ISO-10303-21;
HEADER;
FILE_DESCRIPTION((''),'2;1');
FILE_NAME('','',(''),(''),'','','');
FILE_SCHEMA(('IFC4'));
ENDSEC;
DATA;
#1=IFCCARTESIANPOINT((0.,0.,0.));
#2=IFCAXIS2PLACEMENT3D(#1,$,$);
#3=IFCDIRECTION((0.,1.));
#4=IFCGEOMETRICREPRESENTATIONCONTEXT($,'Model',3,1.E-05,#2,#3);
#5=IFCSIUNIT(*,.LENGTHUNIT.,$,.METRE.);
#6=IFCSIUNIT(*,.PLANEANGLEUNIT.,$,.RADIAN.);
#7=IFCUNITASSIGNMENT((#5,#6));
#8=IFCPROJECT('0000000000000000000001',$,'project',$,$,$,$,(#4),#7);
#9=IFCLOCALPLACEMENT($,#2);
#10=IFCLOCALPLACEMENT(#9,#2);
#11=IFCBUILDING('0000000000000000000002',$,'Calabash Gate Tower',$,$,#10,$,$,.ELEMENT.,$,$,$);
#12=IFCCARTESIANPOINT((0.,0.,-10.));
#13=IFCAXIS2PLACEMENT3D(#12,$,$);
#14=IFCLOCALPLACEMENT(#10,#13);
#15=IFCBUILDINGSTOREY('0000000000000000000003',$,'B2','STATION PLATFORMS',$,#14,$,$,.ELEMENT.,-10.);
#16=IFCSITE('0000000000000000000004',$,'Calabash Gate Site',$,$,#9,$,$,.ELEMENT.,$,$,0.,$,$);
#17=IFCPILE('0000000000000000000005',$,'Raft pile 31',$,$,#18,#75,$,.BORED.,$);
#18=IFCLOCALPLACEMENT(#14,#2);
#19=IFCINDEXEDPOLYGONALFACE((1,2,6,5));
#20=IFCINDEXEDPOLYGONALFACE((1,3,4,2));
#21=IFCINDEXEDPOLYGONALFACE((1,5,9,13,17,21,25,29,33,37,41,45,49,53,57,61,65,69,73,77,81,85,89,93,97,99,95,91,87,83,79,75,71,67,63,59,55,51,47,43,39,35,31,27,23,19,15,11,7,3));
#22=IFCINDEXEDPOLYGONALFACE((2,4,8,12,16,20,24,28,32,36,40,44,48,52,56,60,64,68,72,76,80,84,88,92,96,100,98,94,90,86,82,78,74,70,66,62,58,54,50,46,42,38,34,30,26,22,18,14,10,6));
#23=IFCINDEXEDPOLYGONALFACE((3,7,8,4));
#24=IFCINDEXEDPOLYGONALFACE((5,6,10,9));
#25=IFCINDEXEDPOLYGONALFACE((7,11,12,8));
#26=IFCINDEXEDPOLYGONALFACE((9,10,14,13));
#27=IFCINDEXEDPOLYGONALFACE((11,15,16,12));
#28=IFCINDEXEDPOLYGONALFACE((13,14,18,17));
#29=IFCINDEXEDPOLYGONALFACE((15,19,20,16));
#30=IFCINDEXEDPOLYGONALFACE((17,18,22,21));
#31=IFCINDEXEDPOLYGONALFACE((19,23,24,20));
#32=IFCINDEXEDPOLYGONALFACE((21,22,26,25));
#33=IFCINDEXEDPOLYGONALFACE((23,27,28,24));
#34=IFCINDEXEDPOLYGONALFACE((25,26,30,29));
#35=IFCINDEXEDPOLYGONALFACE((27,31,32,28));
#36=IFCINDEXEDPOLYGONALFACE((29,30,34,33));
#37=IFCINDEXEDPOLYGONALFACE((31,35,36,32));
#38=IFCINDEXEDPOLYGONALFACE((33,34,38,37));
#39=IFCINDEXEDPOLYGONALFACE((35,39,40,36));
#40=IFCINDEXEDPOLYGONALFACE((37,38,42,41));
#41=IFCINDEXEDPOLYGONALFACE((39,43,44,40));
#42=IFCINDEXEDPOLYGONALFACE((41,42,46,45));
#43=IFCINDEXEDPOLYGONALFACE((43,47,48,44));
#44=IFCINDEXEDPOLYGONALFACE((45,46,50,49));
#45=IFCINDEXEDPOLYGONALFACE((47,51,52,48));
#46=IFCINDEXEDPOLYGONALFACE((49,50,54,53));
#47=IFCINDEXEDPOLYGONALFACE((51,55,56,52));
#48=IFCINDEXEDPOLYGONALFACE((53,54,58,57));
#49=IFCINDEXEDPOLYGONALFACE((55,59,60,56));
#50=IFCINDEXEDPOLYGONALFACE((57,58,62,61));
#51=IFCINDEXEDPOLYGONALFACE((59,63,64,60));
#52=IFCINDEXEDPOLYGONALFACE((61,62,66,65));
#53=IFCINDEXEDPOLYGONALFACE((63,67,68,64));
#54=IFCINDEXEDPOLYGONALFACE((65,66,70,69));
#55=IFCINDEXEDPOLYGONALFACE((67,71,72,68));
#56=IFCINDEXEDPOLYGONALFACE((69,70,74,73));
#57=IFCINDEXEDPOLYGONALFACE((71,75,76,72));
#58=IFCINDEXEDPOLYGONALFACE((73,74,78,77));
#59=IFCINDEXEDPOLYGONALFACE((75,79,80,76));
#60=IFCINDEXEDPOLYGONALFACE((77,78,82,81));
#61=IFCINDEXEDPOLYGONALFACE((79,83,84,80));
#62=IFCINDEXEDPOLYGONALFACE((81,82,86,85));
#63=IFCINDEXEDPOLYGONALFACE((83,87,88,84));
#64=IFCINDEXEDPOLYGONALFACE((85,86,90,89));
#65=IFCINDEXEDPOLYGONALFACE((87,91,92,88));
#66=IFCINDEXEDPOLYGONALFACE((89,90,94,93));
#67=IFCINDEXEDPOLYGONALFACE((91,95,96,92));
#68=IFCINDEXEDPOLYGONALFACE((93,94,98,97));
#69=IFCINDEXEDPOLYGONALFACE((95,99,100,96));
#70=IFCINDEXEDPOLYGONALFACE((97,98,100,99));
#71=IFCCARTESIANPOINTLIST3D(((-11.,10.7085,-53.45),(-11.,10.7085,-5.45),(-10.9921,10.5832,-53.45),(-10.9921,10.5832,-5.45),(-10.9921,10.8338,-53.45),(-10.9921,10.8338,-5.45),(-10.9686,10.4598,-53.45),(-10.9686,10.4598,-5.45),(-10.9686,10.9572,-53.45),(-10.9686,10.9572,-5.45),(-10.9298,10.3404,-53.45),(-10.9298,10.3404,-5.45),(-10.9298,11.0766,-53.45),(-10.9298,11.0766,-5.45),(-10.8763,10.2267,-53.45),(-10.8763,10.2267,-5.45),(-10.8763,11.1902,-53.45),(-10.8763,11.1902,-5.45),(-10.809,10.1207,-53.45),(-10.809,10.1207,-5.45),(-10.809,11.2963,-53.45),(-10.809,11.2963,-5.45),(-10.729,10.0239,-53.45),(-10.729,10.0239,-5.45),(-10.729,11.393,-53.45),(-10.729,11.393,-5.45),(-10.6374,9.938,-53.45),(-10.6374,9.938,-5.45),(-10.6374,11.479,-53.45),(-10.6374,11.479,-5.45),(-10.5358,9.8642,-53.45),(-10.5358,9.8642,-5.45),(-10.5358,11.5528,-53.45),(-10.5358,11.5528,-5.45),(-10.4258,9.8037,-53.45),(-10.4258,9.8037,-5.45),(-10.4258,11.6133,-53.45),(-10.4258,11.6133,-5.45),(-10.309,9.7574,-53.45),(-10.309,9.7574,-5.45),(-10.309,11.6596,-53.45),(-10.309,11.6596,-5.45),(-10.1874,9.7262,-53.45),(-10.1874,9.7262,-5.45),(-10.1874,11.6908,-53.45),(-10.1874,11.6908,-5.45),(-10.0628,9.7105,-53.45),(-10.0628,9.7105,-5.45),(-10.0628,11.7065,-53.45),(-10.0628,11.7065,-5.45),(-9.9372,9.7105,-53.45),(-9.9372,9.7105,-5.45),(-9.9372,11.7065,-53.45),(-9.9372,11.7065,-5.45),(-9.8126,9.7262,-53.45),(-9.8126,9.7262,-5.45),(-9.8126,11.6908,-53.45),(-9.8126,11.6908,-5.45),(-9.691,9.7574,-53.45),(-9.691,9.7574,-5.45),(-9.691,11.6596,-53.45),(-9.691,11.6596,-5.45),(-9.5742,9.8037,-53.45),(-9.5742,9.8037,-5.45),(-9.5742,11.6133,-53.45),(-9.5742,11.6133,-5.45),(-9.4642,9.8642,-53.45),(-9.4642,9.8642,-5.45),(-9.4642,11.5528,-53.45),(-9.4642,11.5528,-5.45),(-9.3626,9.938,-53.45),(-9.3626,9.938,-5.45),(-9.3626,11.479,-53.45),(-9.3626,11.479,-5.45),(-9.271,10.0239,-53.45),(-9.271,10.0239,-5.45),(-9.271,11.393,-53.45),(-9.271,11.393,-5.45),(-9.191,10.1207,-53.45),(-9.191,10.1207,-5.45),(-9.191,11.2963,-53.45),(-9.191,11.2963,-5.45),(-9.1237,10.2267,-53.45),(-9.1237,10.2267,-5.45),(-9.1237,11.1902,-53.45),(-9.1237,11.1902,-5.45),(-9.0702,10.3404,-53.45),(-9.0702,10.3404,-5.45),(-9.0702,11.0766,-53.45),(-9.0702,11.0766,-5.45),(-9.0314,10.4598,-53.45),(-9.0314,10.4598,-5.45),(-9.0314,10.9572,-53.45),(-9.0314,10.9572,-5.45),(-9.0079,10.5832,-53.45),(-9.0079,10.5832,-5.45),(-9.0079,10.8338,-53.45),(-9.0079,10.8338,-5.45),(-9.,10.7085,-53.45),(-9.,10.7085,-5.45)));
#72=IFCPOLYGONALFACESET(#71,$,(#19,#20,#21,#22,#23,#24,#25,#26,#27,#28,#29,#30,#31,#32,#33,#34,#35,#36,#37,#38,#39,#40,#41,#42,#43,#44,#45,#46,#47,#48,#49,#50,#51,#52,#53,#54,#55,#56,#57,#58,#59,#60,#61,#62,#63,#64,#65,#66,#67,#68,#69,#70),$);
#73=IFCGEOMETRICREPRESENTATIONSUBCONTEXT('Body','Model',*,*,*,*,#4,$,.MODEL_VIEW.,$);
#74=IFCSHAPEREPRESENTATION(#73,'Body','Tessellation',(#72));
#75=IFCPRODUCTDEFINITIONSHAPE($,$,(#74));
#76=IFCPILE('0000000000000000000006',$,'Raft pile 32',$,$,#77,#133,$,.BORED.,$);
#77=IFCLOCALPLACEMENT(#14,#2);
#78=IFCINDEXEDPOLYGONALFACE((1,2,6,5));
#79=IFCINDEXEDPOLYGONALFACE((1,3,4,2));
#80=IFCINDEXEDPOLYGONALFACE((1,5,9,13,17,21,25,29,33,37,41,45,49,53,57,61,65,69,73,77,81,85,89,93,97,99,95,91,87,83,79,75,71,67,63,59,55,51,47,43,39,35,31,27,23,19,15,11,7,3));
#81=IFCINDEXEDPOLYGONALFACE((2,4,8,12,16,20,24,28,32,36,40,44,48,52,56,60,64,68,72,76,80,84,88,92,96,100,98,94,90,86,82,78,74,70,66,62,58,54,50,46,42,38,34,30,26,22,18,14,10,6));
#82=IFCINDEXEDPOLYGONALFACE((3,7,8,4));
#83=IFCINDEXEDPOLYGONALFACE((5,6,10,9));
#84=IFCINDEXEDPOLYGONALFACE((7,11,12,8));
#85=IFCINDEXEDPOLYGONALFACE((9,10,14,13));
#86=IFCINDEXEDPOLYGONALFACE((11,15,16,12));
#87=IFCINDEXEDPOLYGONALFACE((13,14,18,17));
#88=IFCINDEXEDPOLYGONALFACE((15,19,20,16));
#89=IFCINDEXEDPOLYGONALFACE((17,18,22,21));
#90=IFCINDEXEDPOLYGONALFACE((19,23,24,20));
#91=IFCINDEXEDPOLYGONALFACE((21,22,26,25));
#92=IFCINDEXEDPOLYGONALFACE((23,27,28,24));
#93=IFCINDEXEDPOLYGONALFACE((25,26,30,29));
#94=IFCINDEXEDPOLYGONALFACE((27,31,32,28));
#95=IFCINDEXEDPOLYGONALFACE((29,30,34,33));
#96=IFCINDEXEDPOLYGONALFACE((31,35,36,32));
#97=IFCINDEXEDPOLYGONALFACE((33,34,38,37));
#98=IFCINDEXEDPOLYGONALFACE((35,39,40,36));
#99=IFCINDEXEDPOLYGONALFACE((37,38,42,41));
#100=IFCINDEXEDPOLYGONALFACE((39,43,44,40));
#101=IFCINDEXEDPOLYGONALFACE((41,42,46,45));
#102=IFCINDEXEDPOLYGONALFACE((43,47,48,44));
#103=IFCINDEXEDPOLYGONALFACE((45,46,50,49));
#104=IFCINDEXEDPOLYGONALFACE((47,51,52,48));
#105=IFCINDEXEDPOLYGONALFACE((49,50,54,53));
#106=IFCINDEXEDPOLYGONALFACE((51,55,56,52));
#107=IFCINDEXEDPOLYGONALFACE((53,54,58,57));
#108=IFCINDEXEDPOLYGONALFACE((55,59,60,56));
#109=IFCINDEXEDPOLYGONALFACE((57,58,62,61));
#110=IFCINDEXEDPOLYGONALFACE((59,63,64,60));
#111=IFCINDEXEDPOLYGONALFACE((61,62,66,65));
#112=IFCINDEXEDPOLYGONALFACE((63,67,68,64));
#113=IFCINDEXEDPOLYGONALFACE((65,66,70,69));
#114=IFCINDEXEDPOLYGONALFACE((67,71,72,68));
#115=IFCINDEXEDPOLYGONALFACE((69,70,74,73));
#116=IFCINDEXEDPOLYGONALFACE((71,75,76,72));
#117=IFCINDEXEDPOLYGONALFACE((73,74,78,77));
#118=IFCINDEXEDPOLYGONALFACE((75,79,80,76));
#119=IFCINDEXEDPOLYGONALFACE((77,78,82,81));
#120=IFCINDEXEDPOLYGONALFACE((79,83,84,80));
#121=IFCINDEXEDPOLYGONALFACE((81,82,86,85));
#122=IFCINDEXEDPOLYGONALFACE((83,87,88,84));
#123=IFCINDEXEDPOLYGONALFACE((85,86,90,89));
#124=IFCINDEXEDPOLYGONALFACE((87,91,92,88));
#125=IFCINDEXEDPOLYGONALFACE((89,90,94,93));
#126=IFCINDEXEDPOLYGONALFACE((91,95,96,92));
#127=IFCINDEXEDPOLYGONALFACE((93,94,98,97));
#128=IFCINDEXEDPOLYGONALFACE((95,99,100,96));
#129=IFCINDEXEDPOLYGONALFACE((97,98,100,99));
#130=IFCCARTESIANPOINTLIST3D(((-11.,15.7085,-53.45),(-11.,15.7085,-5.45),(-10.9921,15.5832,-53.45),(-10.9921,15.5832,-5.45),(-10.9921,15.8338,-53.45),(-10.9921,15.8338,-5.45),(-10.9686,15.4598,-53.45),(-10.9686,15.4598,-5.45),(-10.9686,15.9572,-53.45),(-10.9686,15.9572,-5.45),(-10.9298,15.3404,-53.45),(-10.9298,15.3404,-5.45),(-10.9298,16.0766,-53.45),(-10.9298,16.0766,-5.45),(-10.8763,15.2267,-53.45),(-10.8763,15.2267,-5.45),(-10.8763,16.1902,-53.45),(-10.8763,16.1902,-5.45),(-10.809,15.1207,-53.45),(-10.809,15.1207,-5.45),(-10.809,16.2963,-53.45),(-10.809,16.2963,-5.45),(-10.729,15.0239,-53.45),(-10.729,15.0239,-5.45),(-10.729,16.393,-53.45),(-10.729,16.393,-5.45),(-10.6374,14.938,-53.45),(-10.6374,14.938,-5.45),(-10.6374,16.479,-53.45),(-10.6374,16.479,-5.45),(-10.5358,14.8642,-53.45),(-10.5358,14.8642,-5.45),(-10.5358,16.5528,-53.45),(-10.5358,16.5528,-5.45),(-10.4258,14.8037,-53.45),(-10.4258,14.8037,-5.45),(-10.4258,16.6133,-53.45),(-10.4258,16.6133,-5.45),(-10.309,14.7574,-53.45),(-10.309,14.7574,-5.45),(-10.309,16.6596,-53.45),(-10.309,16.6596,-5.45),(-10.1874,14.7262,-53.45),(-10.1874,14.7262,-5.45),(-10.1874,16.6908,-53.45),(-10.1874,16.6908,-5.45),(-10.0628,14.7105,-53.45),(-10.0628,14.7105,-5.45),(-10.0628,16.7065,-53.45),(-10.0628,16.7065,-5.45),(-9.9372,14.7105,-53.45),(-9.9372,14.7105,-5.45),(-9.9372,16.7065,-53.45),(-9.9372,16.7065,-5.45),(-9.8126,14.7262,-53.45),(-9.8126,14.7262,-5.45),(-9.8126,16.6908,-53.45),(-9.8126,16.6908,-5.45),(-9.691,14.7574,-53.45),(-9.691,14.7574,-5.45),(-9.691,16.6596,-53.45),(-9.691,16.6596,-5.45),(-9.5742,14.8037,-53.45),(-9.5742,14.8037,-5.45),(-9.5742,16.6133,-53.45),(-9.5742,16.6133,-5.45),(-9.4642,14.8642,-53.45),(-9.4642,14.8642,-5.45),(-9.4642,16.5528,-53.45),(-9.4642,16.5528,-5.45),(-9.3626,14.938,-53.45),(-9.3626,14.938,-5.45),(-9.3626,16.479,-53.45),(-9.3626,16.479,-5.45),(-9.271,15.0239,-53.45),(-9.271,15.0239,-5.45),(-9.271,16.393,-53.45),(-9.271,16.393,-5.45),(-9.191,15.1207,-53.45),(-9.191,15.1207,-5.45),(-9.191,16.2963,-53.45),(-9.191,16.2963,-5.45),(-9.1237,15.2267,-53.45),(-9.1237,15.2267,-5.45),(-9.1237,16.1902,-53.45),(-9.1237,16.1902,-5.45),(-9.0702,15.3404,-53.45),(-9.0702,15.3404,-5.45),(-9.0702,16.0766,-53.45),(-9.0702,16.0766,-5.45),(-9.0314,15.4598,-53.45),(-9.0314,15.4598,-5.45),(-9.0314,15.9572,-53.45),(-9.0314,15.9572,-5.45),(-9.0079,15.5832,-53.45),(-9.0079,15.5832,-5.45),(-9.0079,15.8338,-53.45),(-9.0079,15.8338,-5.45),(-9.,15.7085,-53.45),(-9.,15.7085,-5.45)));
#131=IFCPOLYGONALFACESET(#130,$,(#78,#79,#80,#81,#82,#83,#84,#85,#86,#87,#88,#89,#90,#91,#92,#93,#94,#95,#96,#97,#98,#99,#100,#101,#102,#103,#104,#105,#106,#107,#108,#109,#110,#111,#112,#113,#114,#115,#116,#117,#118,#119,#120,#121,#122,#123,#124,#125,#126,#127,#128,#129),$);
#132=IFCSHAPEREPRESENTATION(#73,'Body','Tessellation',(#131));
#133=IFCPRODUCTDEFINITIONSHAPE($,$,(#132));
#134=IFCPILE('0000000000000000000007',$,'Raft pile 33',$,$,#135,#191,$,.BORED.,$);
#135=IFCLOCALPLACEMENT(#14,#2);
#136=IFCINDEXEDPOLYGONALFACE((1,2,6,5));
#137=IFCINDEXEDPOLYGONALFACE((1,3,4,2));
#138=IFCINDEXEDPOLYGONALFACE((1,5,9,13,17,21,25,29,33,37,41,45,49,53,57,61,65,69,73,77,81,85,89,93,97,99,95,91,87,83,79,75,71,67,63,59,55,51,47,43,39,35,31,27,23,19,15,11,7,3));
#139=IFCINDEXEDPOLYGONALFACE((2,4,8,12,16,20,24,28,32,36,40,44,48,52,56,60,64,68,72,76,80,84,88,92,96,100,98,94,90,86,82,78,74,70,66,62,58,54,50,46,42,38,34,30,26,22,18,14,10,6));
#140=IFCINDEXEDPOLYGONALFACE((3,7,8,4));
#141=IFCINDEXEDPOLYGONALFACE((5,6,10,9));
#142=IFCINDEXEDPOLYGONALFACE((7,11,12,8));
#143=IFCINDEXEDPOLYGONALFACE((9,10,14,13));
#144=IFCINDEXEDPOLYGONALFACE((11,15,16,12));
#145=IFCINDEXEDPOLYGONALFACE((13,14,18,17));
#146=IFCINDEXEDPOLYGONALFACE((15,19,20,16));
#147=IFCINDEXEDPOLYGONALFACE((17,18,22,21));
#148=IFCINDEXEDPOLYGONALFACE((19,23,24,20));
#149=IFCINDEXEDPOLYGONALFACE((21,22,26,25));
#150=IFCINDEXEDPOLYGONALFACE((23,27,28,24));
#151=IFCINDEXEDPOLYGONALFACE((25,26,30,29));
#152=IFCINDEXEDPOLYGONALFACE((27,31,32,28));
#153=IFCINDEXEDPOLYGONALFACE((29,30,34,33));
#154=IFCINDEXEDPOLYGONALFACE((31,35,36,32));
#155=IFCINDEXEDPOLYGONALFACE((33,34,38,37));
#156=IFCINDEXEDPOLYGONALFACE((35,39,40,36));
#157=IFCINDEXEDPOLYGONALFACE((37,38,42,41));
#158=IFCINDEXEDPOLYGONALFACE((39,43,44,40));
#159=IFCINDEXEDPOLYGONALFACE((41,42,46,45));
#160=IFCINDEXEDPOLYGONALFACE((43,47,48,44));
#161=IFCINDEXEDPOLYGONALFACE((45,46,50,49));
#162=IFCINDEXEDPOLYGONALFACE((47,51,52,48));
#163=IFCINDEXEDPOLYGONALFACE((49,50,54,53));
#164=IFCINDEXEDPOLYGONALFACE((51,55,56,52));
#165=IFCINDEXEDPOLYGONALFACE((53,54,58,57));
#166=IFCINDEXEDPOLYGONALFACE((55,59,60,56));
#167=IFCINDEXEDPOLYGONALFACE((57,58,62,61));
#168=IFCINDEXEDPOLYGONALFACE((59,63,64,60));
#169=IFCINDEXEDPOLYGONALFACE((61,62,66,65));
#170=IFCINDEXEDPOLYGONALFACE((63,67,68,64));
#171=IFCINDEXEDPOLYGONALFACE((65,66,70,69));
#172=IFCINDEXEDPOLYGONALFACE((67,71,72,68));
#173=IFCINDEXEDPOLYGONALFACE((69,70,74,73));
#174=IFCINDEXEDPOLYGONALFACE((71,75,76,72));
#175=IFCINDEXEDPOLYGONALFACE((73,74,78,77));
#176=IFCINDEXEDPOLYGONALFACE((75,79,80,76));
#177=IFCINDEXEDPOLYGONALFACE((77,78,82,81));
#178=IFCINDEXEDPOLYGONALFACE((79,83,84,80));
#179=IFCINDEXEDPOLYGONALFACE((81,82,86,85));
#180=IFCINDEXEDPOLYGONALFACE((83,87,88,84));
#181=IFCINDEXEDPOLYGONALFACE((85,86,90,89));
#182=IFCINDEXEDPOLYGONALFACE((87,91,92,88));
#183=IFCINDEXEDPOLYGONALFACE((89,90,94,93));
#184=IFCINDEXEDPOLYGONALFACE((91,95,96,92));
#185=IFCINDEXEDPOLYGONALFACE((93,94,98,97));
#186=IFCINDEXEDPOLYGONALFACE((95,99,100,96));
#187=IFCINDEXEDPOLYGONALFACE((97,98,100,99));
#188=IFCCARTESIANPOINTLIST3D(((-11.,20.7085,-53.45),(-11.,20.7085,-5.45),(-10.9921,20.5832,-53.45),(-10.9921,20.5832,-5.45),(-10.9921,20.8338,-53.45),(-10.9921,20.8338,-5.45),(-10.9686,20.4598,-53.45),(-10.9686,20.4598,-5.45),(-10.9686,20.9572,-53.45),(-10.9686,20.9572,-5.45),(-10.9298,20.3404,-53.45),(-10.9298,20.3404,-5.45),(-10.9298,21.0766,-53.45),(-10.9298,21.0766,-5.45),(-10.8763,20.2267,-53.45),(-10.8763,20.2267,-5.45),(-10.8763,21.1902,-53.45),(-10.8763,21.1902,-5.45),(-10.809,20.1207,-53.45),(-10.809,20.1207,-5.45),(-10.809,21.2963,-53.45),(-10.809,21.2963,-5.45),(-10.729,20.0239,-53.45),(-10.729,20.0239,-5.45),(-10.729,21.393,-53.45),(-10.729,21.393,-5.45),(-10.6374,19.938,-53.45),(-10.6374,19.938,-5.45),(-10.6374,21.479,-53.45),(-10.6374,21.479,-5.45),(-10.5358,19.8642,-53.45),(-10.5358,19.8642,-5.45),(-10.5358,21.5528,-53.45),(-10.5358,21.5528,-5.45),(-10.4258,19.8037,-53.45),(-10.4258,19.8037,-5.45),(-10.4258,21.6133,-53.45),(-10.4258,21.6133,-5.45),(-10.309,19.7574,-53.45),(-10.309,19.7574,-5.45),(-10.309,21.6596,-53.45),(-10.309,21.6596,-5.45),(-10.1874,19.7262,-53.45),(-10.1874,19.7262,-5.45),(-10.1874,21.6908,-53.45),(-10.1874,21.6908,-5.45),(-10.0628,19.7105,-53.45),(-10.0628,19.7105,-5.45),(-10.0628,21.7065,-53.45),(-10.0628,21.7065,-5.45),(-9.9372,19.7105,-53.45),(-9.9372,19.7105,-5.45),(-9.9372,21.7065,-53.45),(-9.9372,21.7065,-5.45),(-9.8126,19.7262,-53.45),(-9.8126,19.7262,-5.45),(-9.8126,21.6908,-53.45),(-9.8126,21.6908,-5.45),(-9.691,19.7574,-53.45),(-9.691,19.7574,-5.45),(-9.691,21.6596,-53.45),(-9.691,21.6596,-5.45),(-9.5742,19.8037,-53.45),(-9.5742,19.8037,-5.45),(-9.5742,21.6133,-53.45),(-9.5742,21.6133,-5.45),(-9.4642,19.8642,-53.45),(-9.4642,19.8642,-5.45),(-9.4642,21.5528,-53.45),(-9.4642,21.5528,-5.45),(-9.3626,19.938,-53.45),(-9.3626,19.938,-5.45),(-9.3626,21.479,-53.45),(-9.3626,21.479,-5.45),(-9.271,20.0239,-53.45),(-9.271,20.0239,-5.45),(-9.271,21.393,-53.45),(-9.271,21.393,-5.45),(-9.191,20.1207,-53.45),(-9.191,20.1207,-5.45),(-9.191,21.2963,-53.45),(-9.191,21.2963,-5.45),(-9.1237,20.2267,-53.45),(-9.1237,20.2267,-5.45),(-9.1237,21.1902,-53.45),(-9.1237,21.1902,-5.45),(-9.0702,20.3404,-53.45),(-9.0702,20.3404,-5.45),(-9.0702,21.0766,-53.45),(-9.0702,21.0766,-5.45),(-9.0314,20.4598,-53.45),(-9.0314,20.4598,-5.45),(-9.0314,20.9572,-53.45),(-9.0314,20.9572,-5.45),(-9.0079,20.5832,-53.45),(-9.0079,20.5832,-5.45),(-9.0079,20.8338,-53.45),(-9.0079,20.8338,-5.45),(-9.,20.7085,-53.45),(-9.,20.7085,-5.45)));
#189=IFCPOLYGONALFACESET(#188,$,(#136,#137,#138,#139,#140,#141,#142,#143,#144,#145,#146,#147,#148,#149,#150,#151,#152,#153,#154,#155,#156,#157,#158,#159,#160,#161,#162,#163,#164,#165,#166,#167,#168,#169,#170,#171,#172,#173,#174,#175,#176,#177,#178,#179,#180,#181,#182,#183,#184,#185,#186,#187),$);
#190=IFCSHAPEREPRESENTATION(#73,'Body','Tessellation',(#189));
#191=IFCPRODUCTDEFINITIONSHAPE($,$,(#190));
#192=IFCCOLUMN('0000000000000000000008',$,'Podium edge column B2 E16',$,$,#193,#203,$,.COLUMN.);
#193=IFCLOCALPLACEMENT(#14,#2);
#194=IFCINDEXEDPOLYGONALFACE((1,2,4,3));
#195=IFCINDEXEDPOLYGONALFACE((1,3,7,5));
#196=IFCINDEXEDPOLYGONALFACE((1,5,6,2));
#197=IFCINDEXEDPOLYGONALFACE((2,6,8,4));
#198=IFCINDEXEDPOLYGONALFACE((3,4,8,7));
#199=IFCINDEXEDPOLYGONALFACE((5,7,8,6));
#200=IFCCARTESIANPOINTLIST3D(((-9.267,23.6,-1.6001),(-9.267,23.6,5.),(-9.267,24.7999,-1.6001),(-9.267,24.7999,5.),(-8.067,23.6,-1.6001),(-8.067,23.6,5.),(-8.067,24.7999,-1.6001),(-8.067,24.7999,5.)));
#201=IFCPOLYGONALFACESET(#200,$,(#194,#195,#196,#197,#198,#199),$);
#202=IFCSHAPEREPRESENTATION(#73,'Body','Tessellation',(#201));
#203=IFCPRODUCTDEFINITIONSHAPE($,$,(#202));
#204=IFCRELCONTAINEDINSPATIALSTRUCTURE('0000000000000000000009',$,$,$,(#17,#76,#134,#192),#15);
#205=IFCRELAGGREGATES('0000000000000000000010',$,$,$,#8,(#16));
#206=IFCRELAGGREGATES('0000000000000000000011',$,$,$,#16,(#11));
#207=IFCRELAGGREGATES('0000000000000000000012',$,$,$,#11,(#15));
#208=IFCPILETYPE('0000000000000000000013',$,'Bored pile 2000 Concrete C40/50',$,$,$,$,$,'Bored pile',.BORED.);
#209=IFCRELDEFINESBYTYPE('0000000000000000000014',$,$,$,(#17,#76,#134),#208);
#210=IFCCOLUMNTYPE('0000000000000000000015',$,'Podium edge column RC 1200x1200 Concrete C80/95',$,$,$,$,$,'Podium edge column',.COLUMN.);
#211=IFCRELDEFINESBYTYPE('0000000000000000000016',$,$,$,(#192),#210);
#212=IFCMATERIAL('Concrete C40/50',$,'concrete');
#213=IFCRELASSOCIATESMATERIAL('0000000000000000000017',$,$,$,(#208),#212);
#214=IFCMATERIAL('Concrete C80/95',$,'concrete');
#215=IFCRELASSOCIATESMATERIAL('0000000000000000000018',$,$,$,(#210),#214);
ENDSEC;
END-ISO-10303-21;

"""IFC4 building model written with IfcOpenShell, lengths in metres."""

from ifc_helpers import new_model, si_unit, direction, frame, origin, origin_2d, place, context, subcontext, project, spatial, rectangle, circle, extrude, material, material_profile, profile_set, type_object, element, save


model = new_model("IFC4")

# Units and contexts
model_context = context("Model", 3, precision=1e-05, world=origin(), true_north=direction((0.0, 1.0)))
body_context = subcontext(model_context, "Body", "Model", "MODEL_VIEW")
ifc_project = project(units=[si_unit("LENGTHUNIT", "METRE"), si_unit("PLANEANGLEUNIT", "RADIAN")], contexts=[model_context])

# Site, building, storey
site_placement = place(None, origin())
site = spatial("IfcSite", under=ifc_project, at=site_placement, Name="Calabash Gate Site", CompositionType="ELEMENT", RefElevation=0.0)
building_placement = place(site_placement, origin())
building = spatial("IfcBuilding", under=site, at=building_placement, Name="Calabash Gate Tower", CompositionType="ELEMENT")
storey_placement = place(building_placement, frame((0.0, 0.0, -10.0)))
storey = spatial("IfcBuildingStorey", under=building, at=storey_placement, Name="B2", Description="STATION PLATFORMS", CompositionType="ELEMENT", Elevation=-10.0)

# Piles
ifc_material_1 = material(Name="Concrete C40/50", Category="concrete")
ifc_material_profile_1 = material_profile(ifc_material_1, circle(Radius=1.0, at=origin_2d()))
ifc_profile_set_1 = profile_set([ifc_material_profile_1], Name="Concrete C40/50")
pile_type = type_object("IfcPileType", Name="Bored pile 2000 Concrete C40/50", ElementType="Bored pile", PredefinedType="BORED", material=ifc_profile_set_1)
for number, where, z_axis, x_axis, name in (
    (1, (-10.0, 10.7085, -5.45), (0.0, 0.0, -1.0), (1.0, 0.0, 0.0), "Raft pile 31"),
    (2, (-10.0, 15.7085, -5.45), (0.0, 0.0, -1.0), (1.0, 0.0, 0.0), "Raft pile 32"),
    (3, (-10.0, 20.7085, -5.45), (0.0, 0.0, -1.0), (1.0, 0.0, 0.0), "Raft pile 33"),
):
    element("IfcPile", number, at=place(storey_placement, frame(where, z_axis=z_axis, x_axis=x_axis)), inside=storey, type_object=pile_type, Name=name, PredefinedType="BORED", context=body_context, shape_type="SweptSolid", body=[
        extrude(circle(Radius=1.0, at=origin_2d()), origin(), (0.0, 0.0, 1.0), 48.0),
    ])

# Column
ifc_material_2 = material(Name="Concrete C80/95", Category="concrete")
ifc_material_profile_2 = material_profile(ifc_material_2, rectangle(XDim=1.2, YDim=1.2, at=origin_2d()))
ifc_profile_set_2 = profile_set([ifc_material_profile_2], Name="Concrete C80/95")
column_type = type_object("IfcColumnType", Name="Podium edge column RC 1200x1200 Concrete C80/95", ElementType="Podium edge column", PredefinedType="COLUMN", material=ifc_profile_set_2)
for number, where, z_axis, x_axis, name in (
    (4, (-8.667, 24.2, -1.6001), (0.0, 0.0, 1.0), (1.0, 0.0, 0.0), "Podium edge column B2 E16"),
):
    element("IfcColumn", number, at=place(storey_placement, frame(where, z_axis=z_axis, x_axis=x_axis)), inside=storey, type_object=column_type, Name=name, PredefinedType="COLUMN", context=body_context, shape_type="SweptSolid", body=[
        extrude(rectangle(XDim=1.2, YDim=1.2, at=origin_2d()), origin(), (0.0, 0.0, 1.0), 6.6001),
    ])

save(model, "model.ifc")
